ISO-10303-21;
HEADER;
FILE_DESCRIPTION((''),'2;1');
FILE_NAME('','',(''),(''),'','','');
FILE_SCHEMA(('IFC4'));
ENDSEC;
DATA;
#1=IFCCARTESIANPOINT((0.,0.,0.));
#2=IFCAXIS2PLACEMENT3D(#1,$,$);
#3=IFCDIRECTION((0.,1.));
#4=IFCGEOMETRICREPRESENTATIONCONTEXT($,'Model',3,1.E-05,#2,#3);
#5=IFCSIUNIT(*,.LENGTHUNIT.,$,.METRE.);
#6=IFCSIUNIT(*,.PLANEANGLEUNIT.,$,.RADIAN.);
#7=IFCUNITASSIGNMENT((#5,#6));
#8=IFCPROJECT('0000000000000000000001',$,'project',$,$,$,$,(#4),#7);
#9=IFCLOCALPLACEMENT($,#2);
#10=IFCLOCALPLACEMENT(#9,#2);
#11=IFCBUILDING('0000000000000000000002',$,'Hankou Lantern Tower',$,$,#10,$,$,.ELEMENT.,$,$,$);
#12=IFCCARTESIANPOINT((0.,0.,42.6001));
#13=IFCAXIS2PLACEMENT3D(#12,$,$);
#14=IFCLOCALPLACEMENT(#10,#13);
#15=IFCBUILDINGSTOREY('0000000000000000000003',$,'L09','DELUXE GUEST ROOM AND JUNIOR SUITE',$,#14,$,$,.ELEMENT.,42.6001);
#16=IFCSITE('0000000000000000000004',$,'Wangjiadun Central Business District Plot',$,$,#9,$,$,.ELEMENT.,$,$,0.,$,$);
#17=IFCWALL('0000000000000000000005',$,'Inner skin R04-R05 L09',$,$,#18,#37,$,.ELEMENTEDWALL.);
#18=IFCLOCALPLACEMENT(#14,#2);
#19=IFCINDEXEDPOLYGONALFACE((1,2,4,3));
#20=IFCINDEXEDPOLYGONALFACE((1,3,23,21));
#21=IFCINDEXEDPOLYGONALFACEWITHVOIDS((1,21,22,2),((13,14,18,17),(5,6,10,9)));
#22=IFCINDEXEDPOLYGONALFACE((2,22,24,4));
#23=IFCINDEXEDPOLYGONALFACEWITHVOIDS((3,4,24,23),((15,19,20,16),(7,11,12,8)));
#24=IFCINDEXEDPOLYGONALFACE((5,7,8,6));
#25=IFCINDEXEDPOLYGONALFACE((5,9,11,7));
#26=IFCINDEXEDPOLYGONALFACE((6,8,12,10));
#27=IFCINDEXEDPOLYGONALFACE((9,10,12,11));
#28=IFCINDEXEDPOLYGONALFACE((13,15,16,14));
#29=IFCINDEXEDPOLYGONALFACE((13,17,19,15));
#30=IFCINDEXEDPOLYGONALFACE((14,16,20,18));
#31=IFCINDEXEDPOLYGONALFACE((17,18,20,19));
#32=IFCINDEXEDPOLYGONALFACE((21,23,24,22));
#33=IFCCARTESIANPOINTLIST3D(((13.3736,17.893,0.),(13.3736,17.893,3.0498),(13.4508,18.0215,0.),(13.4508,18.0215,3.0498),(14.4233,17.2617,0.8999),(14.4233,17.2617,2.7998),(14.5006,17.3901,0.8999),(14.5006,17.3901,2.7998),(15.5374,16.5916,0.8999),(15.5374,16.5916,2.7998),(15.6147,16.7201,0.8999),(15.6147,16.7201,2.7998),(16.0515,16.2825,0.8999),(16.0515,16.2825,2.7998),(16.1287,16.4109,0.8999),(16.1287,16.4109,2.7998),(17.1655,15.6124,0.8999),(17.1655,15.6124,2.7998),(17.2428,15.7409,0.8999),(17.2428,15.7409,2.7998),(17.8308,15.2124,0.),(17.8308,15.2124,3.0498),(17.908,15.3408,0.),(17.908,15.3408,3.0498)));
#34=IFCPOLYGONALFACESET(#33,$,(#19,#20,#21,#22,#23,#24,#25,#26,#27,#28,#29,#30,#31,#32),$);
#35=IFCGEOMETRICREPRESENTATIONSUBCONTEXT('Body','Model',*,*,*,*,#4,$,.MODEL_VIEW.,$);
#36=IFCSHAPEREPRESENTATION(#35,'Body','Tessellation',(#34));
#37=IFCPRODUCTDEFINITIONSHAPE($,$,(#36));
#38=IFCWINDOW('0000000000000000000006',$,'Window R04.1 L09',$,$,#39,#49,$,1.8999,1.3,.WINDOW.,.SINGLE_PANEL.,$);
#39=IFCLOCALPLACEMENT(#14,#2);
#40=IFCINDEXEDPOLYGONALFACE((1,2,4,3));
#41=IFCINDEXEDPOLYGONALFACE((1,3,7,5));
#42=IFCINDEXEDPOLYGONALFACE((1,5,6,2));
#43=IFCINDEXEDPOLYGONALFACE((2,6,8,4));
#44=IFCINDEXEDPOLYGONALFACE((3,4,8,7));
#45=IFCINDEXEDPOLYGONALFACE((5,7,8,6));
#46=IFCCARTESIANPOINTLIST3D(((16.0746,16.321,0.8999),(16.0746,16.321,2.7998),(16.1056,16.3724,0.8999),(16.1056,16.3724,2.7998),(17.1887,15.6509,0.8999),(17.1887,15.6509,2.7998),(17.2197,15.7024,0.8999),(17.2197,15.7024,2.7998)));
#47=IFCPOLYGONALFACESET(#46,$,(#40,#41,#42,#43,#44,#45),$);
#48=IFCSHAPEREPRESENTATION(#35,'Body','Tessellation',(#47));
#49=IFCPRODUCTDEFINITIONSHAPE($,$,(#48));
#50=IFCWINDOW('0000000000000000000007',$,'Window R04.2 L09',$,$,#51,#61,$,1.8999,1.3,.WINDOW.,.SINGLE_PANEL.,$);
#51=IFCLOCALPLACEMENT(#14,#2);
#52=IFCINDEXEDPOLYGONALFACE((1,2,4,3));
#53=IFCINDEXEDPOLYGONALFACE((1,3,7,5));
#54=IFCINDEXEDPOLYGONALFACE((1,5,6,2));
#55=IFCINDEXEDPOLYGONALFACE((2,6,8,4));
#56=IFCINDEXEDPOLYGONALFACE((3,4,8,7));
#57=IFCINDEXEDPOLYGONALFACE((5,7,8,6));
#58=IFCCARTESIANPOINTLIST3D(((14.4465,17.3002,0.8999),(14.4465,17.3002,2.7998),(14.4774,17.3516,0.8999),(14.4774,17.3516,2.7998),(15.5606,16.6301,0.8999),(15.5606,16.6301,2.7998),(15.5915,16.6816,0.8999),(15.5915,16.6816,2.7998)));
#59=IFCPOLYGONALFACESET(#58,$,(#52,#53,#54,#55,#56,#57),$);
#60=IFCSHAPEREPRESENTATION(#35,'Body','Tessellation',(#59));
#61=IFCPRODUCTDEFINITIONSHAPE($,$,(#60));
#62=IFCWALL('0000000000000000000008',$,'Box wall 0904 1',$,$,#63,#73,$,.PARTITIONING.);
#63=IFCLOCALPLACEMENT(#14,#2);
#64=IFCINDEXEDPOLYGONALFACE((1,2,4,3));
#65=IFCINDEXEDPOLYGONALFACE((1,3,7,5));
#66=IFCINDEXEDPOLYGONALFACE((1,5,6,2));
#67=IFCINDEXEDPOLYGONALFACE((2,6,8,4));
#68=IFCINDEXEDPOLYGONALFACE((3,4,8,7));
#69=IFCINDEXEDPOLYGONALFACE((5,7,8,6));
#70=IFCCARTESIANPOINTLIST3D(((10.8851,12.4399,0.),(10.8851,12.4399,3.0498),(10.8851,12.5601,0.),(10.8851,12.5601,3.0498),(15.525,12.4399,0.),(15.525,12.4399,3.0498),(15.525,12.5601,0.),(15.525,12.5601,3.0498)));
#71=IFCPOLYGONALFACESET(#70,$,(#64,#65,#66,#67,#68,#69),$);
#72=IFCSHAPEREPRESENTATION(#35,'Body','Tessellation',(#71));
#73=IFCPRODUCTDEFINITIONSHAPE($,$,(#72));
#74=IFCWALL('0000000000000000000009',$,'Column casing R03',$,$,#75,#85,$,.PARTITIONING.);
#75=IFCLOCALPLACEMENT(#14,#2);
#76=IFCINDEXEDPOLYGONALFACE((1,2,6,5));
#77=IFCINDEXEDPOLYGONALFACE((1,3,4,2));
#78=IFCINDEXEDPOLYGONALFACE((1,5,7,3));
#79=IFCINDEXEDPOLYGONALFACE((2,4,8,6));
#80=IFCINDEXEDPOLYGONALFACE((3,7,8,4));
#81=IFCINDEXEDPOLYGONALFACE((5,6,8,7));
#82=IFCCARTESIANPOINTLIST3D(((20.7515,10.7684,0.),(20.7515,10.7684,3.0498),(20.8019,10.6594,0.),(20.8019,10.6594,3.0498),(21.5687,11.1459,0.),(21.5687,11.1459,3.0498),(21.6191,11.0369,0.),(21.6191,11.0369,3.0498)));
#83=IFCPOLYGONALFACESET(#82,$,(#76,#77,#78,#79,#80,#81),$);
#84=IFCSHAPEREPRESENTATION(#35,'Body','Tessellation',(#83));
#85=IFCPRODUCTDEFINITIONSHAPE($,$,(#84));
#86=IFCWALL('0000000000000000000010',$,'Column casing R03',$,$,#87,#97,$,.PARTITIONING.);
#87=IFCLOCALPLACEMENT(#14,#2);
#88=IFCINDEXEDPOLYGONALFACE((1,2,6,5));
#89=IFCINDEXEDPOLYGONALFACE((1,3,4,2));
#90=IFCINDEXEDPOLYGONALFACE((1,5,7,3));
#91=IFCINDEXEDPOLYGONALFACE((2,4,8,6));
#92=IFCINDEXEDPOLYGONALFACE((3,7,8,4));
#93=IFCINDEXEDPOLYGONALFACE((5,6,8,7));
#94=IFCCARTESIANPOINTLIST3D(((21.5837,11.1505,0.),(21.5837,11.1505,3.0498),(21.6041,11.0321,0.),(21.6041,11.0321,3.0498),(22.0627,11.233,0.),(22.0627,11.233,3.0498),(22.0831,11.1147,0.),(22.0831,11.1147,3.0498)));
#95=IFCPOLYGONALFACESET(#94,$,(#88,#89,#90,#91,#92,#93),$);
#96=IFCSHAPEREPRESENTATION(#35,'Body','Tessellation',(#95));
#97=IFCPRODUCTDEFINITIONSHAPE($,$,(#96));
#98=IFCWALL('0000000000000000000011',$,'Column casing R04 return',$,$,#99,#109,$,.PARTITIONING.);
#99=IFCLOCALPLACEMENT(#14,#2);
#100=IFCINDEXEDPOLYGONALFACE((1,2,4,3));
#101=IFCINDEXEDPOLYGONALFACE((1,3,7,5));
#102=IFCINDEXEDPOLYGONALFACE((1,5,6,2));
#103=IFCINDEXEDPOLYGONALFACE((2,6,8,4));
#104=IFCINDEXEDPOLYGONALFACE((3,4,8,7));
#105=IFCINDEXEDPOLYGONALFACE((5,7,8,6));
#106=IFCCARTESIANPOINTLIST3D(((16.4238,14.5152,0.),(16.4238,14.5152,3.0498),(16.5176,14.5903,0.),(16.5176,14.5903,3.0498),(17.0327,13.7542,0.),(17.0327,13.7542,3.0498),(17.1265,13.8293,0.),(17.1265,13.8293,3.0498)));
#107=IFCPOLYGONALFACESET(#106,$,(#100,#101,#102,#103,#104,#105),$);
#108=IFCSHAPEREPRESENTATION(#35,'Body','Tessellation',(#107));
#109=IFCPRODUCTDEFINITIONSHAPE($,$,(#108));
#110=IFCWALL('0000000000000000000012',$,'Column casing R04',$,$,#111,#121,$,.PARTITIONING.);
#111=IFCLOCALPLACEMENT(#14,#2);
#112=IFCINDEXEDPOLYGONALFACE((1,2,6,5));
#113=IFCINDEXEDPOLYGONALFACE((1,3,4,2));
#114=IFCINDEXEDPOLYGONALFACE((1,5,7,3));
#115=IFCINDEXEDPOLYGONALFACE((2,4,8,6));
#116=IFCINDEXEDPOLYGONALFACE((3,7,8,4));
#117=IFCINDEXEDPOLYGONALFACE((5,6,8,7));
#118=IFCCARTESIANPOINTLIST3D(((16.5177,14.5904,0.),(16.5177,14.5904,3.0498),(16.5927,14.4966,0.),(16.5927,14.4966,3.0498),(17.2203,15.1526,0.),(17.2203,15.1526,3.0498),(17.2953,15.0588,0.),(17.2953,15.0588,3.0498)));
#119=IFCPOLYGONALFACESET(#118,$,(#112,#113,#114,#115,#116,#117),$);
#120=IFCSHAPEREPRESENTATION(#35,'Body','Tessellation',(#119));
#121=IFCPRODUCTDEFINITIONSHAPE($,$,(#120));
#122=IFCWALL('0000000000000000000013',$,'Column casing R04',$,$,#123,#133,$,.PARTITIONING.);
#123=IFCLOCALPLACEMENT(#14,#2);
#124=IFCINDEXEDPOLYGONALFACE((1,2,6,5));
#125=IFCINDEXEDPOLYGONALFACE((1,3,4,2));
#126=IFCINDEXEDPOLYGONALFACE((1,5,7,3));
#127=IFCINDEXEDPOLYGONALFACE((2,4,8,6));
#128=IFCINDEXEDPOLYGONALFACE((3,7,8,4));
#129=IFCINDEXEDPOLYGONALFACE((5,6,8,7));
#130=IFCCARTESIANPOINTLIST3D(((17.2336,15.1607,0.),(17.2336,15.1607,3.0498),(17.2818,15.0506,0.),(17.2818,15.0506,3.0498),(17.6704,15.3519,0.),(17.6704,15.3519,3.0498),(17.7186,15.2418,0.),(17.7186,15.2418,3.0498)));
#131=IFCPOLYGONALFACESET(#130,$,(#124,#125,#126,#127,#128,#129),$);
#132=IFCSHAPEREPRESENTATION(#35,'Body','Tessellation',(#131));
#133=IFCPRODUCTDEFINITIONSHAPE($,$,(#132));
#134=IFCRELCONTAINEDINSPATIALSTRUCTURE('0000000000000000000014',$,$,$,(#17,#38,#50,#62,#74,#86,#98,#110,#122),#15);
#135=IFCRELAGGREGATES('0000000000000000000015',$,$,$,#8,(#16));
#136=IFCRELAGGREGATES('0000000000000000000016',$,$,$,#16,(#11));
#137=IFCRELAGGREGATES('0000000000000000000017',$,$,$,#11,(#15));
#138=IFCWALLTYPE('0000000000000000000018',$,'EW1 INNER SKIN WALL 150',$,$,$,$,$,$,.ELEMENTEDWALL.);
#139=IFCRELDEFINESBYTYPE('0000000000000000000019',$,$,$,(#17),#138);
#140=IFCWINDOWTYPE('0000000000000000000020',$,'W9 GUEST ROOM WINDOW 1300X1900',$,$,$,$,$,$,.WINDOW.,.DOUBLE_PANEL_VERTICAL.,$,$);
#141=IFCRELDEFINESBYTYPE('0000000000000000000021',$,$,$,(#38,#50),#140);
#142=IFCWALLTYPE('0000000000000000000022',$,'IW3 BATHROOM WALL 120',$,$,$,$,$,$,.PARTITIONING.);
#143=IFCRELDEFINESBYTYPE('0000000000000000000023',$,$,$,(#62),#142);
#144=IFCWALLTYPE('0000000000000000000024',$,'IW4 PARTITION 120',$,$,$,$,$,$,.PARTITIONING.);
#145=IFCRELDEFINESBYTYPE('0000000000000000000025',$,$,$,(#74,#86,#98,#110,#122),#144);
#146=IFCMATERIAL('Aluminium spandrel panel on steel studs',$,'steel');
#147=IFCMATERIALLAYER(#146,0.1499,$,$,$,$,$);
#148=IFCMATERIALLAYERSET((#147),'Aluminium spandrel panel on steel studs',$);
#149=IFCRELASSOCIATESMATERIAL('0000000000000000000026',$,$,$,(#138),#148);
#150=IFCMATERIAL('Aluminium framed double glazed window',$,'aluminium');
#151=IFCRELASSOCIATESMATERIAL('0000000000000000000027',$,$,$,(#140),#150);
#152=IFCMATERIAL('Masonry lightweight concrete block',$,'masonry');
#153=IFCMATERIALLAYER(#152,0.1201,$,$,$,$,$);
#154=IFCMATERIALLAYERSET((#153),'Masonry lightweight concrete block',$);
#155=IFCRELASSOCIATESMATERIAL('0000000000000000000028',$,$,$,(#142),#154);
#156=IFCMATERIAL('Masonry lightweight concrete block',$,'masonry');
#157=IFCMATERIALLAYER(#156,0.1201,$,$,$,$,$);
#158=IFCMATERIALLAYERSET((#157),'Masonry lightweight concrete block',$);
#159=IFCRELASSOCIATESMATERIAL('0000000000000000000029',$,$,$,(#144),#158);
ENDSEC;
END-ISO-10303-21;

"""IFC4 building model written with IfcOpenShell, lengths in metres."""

from ifc_helpers import new_model, si_unit, direction, frame, frame_2d, origin, place, context, subcontext, project, spatial, rectangle, extrude, material, layer, layer_set, type_object, element, fill, save


model = new_model("IFC4")

# Units and contexts
model_context = context("Model", 3, precision=1e-05, world=origin(), true_north=direction((0.0, 1.0)))
body_context = subcontext(model_context, "Body", "Model", "MODEL_VIEW")
ifc_project = project(units=[si_unit("LENGTHUNIT", "METRE"), si_unit("PLANEANGLEUNIT", "RADIAN")], contexts=[model_context])

# Site, building, storey
site_placement = place(None, origin())
site = spatial("IfcSite", under=ifc_project, at=site_placement, Name="Wangjiadun Central Business District Plot", CompositionType="ELEMENT", RefElevation=0.0)
building_placement = place(site_placement, origin())
building = spatial("IfcBuilding", under=site, at=building_placement, Name="Hankou Lantern Tower", CompositionType="ELEMENT")
storey_placement = place(building_placement, frame((0.0, 0.0, 42.6001)))
storey = spatial("IfcBuildingStorey", under=building, at=storey_placement, Name="L09", Description="DELUXE GUEST ROOM AND JUNIOR SUITE", CompositionType="ELEMENT", Elevation=42.6001)

# Wall, openings, windows
ifc_material_1 = material(Name="Aluminium spandrel panel on steel studs", Category="steel")
ifc_layer_1 = layer(ifc_material_1, 0.1499)
ifc_layer_set_1 = layer_set([ifc_layer_1], Name="Aluminium spandrel panel on steel studs")
wall_type_1 = type_object("IfcWallType", Name="EW1 INNER SKIN WALL 150", PredefinedType="ELEMENTEDWALL", material=ifc_layer_set_1)
ifc_material_2 = material(Name="Aluminium framed double glazed window", Category="aluminium")
window_type = type_object("IfcWindowType", Name="W9 GUEST ROOM WINDOW 1300X1900", PartitioningType="DOUBLE_PANEL_VERTICAL", PredefinedType="WINDOW", material=ifc_material_2)
wall_1_placement = place(storey_placement, frame((17.8694, 15.2766, 0.0), z_axis=(0.0, 0.0, 1.0), x_axis=(-0.856958, 0.515386, 0.0)))
wall_1 = element("IfcWall", 1, at=wall_1_placement, inside=storey, type_object=wall_type_1, Name="Inner skin R04-R05 L09", PredefinedType="ELEMENTEDWALL", context=body_context, shape_type="SweptSolid", body=[
    extrude(rectangle(XDim=5.2012, YDim=0.1499, at=frame_2d((2.6006, 0.0))), origin(), (0.0, 0.0, 1.0), 3.0498),
])
opening_1_placement = place(wall_1_placement, frame((0.7764, 0.0, 0.8999)))
opening_1 = element("IfcOpeningElement", 2, at=opening_1_placement, cuts=wall_1, PredefinedType="OPENING", context=body_context, shape_type="SweptSolid", body=[
    extrude(rectangle(XDim=1.3, YDim=1.8999, at=frame_2d((0.6499, 0.95))), frame((0.0, 0.085, 0.0), z_axis=(0.0, -1.0, 0.0), x_axis=(1.0, 0.0, 0.0)), (0.0, 0.0, 1.0), 0.1699),
])
opening_2_placement = place(wall_1_placement, frame((2.6763, 0.0, 0.8999)))
opening_2 = element("IfcOpeningElement", 3, at=opening_2_placement, cuts=wall_1, PredefinedType="OPENING", context=body_context, shape_type="SweptSolid", body=[
    extrude(rectangle(XDim=1.3, YDim=1.8999, at=frame_2d((0.6499, 0.95))), frame((0.0, 0.085, 0.0), z_axis=(0.0, -1.0, 0.0), x_axis=(1.0, 0.0, 0.0)), (0.0, 0.0, 1.0), 0.1699),
])
window_1_placement = place(opening_1_placement, origin())
window_1 = element("IfcWindow", 4, at=window_1_placement, inside=storey, type_object=window_type, Name="Window R04.1 L09", OverallHeight=1.8999, OverallWidth=1.3, PartitioningType="SINGLE_PANEL", PredefinedType="WINDOW", context=body_context, shape_type="SweptSolid", body=[
    extrude(rectangle(XDim=1.3, YDim=1.8999, at=frame_2d((0.6499, 0.95))), frame((0.0, 0.03, 0.0), z_axis=(0.0, -1.0, 0.0), x_axis=(1.0, 0.0, 0.0)), (0.0, 0.0, 1.0), 0.0601),
])
fill(opening_1, window_1)
window_2_placement = place(opening_2_placement, origin())
window_2 = element("IfcWindow", 5, at=window_2_placement, inside=storey, type_object=window_type, Name="Window R04.2 L09", OverallHeight=1.8999, OverallWidth=1.3, PartitioningType="SINGLE_PANEL", PredefinedType="WINDOW", context=body_context, shape_type="SweptSolid", body=[
    extrude(rectangle(XDim=1.3, YDim=1.8999, at=frame_2d((0.6499, 0.95))), frame((0.0, 0.03, 0.0), z_axis=(0.0, -1.0, 0.0), x_axis=(1.0, 0.0, 0.0)), (0.0, 0.0, 1.0), 0.0601),
])
fill(opening_2, window_2)

# Walls
ifc_material_3 = material(Name="Masonry lightweight concrete block", Category="masonry")
ifc_layer_2 = layer(ifc_material_3, 0.1201)
ifc_layer_set_2 = layer_set([ifc_layer_2], Name="Masonry lightweight concrete block")
wall_type_2 = type_object("IfcWallType", Name="IW3 BATHROOM WALL 120", PredefinedType="PARTITIONING", material=ifc_layer_set_2)
wall_2_placement = place(storey_placement, frame((15.5249, 12.5, 0.0), z_axis=(0.0, 0.0, 1.0), x_axis=(-1.0, 0.0, 0.0)))
element("IfcWall", 6, at=wall_2_placement, inside=storey, type_object=wall_type_2, Name="Box wall 0904 1", PredefinedType="PARTITIONING", context=body_context, shape_type="SweptSolid", body=[
    extrude(rectangle(XDim=4.6399, YDim=0.1201, at=frame_2d((2.3198, 0.0))), origin(), (0.0, 0.0, 1.0), 3.0498),
])
ifc_material_4 = material(Name="Masonry lightweight concrete block", Category="masonry")
ifc_layer_3 = layer(ifc_material_4, 0.1201)
ifc_layer_set_3 = layer_set([ifc_layer_3], Name="Masonry lightweight concrete block")
wall_type_3 = type_object("IfcWallType", Name="IW4 PARTITION 120", PredefinedType="PARTITIONING", material=ifc_layer_set_3)
wall_3_placement = place(storey_placement, frame((20.7766, 10.7139, 0.0), z_axis=(0.0, 0.0, 1.0), x_axis=(0.907832, 0.419333, 0.0)))
element("IfcWall", 7, at=wall_3_placement, inside=storey, type_object=wall_type_3, Name="Column casing R03", PredefinedType="PARTITIONING", context=body_context, shape_type="SweptSolid", body=[
    extrude(rectangle(XDim=0.9001, YDim=0.1201, at=frame_2d((0.4502, 0.0))), origin(), (0.0, 0.0, 1.0), 3.0498),
])
wall_4_placement = place(storey_placement, frame((21.5938, 11.0913, 0.0), z_axis=(0.0, 0.0, 1.0), x_axis=(0.985483, 0.169772, 0.0)))
element("IfcWall", 8, at=wall_4_placement, inside=storey, type_object=wall_type_3, Name="Column casing R03", PredefinedType="PARTITIONING", context=body_context, shape_type="SweptSolid", body=[
    extrude(rectangle(XDim=0.4861, YDim=0.1201, at=frame_2d((0.2432, 0.0))), origin(), (0.0, 0.0, 1.0), 3.0498),
])
wall_5_placement = place(storey_placement, frame((17.0796, 13.7917, 0.0), z_axis=(0.0, 0.0, 1.0), x_axis=(-0.624756, 0.78082, 0.0)))
element("IfcWall", 9, at=wall_5_placement, inside=storey, type_object=wall_type_3, Name="Column casing R04 return", PredefinedType="PARTITIONING", context=body_context, shape_type="SweptSolid", body=[
    extrude(rectangle(XDim=0.9746, YDim=0.1201, at=frame_2d((0.4873, 0.0))), origin(), (0.0, 0.0, 1.0), 3.0498),
])
wall_6_placement = place(storey_placement, frame((16.5552, 14.5435, 0.0), z_axis=(0.0, 0.0, 1.0), x_axis=(0.780789, 0.624794, 0.0)))
element("IfcWall", 10, at=wall_6_placement, inside=storey, type_object=wall_type_3, Name="Column casing R04", PredefinedType="PARTITIONING", context=body_context, shape_type="SweptSolid", body=[
    extrude(rectangle(XDim=0.8999, YDim=0.1201, at=frame_2d((0.45, 0.0))), origin(), (0.0, 0.0, 1.0), 3.0498),
])
wall_7_placement = place(storey_placement, frame((17.2578, 15.1057, 0.0), z_axis=(0.0, 0.0, 1.0), x_axis=(0.916099, 0.400953, 0.0)))
element("IfcWall", 11, at=wall_7_placement, inside=storey, type_object=wall_type_3, Name="Column casing R04", PredefinedType="PARTITIONING", context=body_context, shape_type="SweptSolid", body=[
    extrude(rectangle(XDim=0.4768, YDim=0.1201, at=frame_2d((0.2383, 0.0))), origin(), (0.0, 0.0, 1.0), 3.0498),
])

save(model, "model.ifc")
